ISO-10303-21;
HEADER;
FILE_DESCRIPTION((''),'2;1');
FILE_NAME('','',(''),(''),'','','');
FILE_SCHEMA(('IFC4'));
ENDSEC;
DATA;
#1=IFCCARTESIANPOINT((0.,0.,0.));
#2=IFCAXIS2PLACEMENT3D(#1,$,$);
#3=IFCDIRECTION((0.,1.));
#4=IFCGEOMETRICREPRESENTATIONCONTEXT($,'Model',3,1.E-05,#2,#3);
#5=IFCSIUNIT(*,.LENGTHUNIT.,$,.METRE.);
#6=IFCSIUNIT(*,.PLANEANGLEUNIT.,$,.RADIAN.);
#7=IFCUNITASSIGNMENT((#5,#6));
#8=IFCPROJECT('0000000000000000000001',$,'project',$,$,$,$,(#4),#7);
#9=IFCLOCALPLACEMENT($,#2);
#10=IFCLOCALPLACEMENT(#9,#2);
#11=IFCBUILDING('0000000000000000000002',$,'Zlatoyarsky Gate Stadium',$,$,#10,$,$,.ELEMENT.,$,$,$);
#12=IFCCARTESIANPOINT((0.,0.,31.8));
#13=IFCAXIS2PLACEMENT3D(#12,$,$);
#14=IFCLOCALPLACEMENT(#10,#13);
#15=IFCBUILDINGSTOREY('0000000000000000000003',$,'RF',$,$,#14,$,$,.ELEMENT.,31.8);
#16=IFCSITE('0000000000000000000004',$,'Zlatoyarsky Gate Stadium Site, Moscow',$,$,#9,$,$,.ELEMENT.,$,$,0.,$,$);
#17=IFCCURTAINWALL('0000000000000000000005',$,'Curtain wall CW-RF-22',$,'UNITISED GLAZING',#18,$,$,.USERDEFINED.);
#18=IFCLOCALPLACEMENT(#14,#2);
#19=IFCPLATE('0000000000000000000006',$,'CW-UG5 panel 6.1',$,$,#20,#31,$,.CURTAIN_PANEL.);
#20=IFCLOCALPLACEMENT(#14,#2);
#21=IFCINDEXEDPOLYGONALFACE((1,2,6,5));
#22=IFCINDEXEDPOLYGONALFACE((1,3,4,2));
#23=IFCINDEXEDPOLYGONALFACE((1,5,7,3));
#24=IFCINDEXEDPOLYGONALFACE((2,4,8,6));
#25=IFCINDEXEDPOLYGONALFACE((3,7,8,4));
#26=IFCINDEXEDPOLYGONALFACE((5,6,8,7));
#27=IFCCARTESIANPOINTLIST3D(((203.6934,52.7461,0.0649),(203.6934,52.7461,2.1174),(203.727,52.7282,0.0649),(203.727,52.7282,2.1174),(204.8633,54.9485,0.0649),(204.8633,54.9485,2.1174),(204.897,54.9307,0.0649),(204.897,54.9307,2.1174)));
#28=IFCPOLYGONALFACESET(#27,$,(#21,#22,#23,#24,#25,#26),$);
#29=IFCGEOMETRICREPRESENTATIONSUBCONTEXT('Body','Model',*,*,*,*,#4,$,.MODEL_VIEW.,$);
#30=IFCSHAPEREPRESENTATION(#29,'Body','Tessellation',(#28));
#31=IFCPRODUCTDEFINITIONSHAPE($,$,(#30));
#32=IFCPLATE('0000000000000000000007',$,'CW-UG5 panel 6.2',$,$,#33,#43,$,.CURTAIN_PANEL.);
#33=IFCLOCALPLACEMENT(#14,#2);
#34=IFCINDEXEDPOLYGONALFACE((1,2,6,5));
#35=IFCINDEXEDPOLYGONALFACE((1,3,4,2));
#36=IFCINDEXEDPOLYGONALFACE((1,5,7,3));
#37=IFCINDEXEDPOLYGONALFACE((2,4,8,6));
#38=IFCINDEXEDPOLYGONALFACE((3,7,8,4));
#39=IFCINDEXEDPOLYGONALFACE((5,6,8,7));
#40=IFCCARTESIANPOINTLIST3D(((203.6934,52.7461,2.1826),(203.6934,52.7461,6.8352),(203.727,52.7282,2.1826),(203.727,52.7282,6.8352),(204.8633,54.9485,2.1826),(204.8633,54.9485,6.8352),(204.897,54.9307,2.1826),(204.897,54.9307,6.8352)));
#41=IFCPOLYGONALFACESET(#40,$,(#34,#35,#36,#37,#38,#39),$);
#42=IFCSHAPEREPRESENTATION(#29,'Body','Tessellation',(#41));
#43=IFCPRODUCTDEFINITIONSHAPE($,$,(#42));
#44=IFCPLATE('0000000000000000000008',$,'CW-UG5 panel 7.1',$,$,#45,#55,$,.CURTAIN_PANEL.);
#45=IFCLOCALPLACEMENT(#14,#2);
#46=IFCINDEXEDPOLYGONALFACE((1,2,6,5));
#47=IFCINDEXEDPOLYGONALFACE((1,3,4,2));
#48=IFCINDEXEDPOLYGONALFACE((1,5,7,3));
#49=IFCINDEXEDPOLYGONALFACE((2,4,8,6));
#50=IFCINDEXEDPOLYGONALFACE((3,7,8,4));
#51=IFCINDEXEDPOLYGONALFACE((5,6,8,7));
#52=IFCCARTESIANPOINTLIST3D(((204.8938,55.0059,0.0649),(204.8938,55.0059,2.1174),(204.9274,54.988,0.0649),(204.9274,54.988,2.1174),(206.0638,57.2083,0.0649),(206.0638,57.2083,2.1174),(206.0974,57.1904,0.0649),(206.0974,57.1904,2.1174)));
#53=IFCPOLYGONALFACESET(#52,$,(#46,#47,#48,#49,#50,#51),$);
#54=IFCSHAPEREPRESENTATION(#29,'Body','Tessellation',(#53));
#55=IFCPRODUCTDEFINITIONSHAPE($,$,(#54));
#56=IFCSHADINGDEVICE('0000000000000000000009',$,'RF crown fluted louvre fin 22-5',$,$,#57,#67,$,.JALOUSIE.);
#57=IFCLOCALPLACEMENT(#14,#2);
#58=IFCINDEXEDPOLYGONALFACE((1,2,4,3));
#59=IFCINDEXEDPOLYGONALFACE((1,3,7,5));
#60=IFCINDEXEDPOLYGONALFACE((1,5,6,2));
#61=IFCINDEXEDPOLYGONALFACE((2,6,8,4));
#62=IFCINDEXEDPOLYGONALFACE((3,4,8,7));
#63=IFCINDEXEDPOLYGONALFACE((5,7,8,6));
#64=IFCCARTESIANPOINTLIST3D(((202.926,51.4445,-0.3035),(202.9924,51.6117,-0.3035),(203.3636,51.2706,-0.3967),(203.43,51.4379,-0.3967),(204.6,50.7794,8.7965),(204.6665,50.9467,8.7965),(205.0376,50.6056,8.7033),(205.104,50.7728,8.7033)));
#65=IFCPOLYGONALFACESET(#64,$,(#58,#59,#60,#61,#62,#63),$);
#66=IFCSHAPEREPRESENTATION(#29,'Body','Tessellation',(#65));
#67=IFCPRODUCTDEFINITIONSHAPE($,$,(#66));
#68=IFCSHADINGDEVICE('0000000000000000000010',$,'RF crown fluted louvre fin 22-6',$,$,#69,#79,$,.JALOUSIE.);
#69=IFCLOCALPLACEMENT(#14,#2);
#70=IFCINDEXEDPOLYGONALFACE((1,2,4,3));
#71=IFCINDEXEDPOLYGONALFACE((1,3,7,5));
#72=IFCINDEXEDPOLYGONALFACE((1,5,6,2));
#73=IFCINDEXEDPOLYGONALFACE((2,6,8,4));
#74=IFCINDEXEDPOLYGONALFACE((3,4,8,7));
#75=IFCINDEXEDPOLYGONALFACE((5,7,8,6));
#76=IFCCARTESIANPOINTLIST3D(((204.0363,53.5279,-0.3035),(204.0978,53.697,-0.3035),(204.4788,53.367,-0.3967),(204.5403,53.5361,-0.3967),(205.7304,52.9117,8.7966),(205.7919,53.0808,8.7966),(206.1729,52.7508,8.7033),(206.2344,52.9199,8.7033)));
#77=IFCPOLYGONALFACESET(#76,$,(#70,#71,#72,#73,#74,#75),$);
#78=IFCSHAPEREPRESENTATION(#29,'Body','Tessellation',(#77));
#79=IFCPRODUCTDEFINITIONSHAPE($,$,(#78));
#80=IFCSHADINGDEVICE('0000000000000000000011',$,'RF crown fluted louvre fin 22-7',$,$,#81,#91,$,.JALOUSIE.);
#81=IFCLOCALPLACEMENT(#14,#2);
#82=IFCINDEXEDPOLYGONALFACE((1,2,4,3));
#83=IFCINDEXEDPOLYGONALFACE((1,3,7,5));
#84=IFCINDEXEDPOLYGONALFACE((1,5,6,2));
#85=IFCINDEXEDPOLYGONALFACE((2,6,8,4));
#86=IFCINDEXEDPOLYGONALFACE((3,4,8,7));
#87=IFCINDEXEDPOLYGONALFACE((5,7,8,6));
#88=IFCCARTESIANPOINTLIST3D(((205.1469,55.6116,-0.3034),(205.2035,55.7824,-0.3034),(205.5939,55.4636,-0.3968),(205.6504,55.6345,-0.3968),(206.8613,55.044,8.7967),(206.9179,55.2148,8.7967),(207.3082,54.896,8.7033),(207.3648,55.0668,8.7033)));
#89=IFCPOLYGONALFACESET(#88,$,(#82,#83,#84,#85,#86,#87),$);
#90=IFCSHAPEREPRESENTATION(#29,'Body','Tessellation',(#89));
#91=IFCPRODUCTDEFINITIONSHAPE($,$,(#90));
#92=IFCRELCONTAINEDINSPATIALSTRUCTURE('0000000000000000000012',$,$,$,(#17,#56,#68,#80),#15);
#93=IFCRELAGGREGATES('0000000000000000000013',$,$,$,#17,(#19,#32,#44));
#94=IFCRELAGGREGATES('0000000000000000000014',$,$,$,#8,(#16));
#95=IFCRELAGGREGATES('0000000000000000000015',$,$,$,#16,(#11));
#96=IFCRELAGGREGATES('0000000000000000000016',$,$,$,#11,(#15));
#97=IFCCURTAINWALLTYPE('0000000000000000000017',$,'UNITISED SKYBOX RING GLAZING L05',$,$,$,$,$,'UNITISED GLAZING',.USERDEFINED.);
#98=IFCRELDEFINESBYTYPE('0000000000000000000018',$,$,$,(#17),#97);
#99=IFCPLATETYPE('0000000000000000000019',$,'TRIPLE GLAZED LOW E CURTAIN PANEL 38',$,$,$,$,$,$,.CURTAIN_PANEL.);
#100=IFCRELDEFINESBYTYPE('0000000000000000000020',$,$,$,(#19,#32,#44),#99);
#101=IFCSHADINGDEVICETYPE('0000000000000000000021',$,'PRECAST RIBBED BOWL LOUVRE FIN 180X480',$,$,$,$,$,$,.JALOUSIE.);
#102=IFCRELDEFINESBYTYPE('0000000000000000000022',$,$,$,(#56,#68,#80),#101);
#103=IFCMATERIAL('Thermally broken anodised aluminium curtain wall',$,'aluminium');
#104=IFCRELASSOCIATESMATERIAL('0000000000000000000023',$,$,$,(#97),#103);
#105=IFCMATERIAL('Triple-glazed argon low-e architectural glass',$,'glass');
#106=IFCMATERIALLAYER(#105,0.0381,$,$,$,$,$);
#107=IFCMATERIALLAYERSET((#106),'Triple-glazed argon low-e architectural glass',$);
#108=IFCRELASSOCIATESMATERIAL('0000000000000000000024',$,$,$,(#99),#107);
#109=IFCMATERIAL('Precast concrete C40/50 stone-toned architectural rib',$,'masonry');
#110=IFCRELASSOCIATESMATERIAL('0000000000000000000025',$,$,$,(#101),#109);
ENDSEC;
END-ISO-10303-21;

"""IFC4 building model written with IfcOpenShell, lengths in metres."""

from ifc_helpers import new_model, si_unit, direction, frame, origin, origin_2d, place, context, subcontext, project, spatial, rectangle, extrude, material, layer, layer_set, material_profile, profile_set, type_object, element, aggregate, save


model = new_model("IFC4")

# Units and contexts
model_context = context("Model", 3, precision=1e-05, world=origin(), true_north=direction((0.0, 1.0)))
body_context = subcontext(model_context, "Body", "Model", "MODEL_VIEW")
ifc_project = project(units=[si_unit("LENGTHUNIT", "METRE"), si_unit("PLANEANGLEUNIT", "RADIAN")], contexts=[model_context])

# Site, building, storey
site_placement = place(None, origin())
site = spatial("IfcSite", under=ifc_project, at=site_placement, Name="Zlatoyarsky Gate Stadium Site, Moscow", CompositionType="ELEMENT", RefElevation=0.0)
building_placement = place(site_placement, origin())
building = spatial("IfcBuilding", under=site, at=building_placement, Name="Zlatoyarsky Gate Stadium", CompositionType="ELEMENT")
storey_placement = place(building_placement, frame((0.0, 0.0, 31.8)))
storey = spatial("IfcBuildingStorey", under=building, at=storey_placement, Name="RF", CompositionType="ELEMENT", Elevation=31.8)

# Curtain wall
ifc_material_1 = material(Name="Thermally broken anodised aluminium curtain wall", Category="aluminium")
curtain_wall_type = type_object("IfcCurtainWallType", Name="UNITISED SKYBOX RING GLAZING L05", ElementType="UNITISED GLAZING", PredefinedType="USERDEFINED", material=ifc_material_1)
curtain_wall_placement = place(storey_placement, origin())
curtain_wall = element("IfcCurtainWall", 1, at=curtain_wall_placement, inside=storey, type_object=curtain_wall_type, Name="Curtain wall CW-RF-22", ObjectType="UNITISED GLAZING", PredefinedType="USERDEFINED")

# Plates
ifc_material_2 = material(Name="Triple-glazed argon low-e architectural glass", Category="glass")
ifc_layer_1 = layer(ifc_material_2, 0.0381)
ifc_layer_set_1 = layer_set([ifc_layer_1], Name="Triple-glazed argon low-e architectural glass")
plate_type_1 = type_object("IfcPlateType", Name="TRIPLE GLAZED LOW E CURTAIN PANEL 38", PredefinedType="CURTAIN_PANEL", material=ifc_layer_set_1)
plate_1_placement = place(storey_placement, frame((204.2952, 53.8384, 0.0649), z_axis=(0.0, 0.0, 1.0), x_axis=(0.469127, 0.883131, 0.0)))
plate_1 = element("IfcPlate", 2, at=plate_1_placement, type_object=plate_type_1, Name="CW-UG5 panel 6.1", PredefinedType="CURTAIN_PANEL", context=body_context, shape_type="SweptSolid", body=[
    extrude(rectangle(XDim=2.4939, YDim=0.0381, at=origin_2d()), origin(), (0.0, 0.0, 1.0), 2.0525),
])
plate_2_placement = place(storey_placement, frame((204.2952, 53.8384, 2.1826), z_axis=(0.0, 0.0, 1.0), x_axis=(0.469127, 0.883131, 0.0)))
plate_2 = element("IfcPlate", 3, at=plate_2_placement, type_object=plate_type_1, Name="CW-UG5 panel 6.2", PredefinedType="CURTAIN_PANEL", context=body_context, shape_type="SweptSolid", body=[
    extrude(rectangle(XDim=2.4939, YDim=0.0381, at=origin_2d()), origin(), (0.0, 0.0, 1.0), 4.6526),
])
plate_3_placement = place(storey_placement, frame((205.4956, 56.0981, 0.0649), z_axis=(0.0, 0.0, 1.0), x_axis=(0.469127, 0.883131, 0.0)))
plate_3 = element("IfcPlate", 4, at=plate_3_placement, type_object=plate_type_1, Name="CW-UG5 panel 7.1", PredefinedType="CURTAIN_PANEL", context=body_context, shape_type="SweptSolid", body=[
    extrude(rectangle(XDim=2.4939, YDim=0.0381, at=origin_2d()), origin(), (0.0, 0.0, 1.0), 2.0525),
])
aggregate(curtain_wall, [plate_1, plate_2, plate_3])

# Shading devices
ifc_material_3 = material(Name="Precast concrete C40/50 stone-toned architectural rib", Category="masonry")
ifc_material_profile_1 = material_profile(ifc_material_3, rectangle(XDim=0.1799, YDim=0.48, at=origin_2d()), Name="RIB 180X480")
ifc_profile_set_1 = profile_set([ifc_material_profile_1], Name="Precast concrete C40/50 stone-toned architectural rib")
shading_device_type = type_object("IfcShadingDeviceType", Name="PRECAST RIBBED BOWL LOUVRE FIN 180X480", PredefinedType="JALOUSIE", material=ifc_profile_set_1)
shading_device_1_placement = place(storey_placement, frame((203.178, 51.4412, -0.3501), z_axis=(0.180461, -0.071689, 0.980966), x_axis=(0.369193, 0.929353, 0.0)))
element("IfcShadingDevice", 5, at=shading_device_1_placement, inside=storey, type_object=shading_device_type, Name="RF crown fluted louvre fin 22-5", PredefinedType="JALOUSIE", context=body_context, shape_type="SweptSolid", body=[
    extrude(rectangle(XDim=0.1799, YDim=0.48, at=origin_2d()), origin(), (0.0, 0.0, 1.0), 9.2766),
])
shading_device_2_placement = place(storey_placement, frame((204.2883, 53.532, -0.3501), z_axis=(0.182613, -0.066424, 0.980938), x_axis=(0.34183, 0.939762, 0.0)))
element("IfcShadingDevice", 6, at=shading_device_2_placement, inside=storey, type_object=shading_device_type, Name="RF crown fluted louvre fin 22-6", PredefinedType="JALOUSIE", context=body_context, shape_type="SweptSolid", body=[
    extrude(rectangle(XDim=0.1799, YDim=0.48, at=origin_2d()), origin(), (0.0, 0.0, 1.0), 9.2769),
])
shading_device_3_placement = place(storey_placement, frame((205.3987, 55.623, -0.3501), z_axis=(0.184785, -0.061183, 0.980873), x_axis=(0.314321, 0.949317, 0.0)))
element("IfcShadingDevice", 7, at=shading_device_3_placement, inside=storey, type_object=shading_device_type, Name="RF crown fluted louvre fin 22-7", PredefinedType="JALOUSIE", context=body_context, shape_type="SweptSolid", body=[
    extrude(rectangle(XDim=0.1799, YDim=0.48, at=origin_2d()), origin(), (0.0, 0.0, 1.0), 9.2776),
])

save(model, "model.ifc")
